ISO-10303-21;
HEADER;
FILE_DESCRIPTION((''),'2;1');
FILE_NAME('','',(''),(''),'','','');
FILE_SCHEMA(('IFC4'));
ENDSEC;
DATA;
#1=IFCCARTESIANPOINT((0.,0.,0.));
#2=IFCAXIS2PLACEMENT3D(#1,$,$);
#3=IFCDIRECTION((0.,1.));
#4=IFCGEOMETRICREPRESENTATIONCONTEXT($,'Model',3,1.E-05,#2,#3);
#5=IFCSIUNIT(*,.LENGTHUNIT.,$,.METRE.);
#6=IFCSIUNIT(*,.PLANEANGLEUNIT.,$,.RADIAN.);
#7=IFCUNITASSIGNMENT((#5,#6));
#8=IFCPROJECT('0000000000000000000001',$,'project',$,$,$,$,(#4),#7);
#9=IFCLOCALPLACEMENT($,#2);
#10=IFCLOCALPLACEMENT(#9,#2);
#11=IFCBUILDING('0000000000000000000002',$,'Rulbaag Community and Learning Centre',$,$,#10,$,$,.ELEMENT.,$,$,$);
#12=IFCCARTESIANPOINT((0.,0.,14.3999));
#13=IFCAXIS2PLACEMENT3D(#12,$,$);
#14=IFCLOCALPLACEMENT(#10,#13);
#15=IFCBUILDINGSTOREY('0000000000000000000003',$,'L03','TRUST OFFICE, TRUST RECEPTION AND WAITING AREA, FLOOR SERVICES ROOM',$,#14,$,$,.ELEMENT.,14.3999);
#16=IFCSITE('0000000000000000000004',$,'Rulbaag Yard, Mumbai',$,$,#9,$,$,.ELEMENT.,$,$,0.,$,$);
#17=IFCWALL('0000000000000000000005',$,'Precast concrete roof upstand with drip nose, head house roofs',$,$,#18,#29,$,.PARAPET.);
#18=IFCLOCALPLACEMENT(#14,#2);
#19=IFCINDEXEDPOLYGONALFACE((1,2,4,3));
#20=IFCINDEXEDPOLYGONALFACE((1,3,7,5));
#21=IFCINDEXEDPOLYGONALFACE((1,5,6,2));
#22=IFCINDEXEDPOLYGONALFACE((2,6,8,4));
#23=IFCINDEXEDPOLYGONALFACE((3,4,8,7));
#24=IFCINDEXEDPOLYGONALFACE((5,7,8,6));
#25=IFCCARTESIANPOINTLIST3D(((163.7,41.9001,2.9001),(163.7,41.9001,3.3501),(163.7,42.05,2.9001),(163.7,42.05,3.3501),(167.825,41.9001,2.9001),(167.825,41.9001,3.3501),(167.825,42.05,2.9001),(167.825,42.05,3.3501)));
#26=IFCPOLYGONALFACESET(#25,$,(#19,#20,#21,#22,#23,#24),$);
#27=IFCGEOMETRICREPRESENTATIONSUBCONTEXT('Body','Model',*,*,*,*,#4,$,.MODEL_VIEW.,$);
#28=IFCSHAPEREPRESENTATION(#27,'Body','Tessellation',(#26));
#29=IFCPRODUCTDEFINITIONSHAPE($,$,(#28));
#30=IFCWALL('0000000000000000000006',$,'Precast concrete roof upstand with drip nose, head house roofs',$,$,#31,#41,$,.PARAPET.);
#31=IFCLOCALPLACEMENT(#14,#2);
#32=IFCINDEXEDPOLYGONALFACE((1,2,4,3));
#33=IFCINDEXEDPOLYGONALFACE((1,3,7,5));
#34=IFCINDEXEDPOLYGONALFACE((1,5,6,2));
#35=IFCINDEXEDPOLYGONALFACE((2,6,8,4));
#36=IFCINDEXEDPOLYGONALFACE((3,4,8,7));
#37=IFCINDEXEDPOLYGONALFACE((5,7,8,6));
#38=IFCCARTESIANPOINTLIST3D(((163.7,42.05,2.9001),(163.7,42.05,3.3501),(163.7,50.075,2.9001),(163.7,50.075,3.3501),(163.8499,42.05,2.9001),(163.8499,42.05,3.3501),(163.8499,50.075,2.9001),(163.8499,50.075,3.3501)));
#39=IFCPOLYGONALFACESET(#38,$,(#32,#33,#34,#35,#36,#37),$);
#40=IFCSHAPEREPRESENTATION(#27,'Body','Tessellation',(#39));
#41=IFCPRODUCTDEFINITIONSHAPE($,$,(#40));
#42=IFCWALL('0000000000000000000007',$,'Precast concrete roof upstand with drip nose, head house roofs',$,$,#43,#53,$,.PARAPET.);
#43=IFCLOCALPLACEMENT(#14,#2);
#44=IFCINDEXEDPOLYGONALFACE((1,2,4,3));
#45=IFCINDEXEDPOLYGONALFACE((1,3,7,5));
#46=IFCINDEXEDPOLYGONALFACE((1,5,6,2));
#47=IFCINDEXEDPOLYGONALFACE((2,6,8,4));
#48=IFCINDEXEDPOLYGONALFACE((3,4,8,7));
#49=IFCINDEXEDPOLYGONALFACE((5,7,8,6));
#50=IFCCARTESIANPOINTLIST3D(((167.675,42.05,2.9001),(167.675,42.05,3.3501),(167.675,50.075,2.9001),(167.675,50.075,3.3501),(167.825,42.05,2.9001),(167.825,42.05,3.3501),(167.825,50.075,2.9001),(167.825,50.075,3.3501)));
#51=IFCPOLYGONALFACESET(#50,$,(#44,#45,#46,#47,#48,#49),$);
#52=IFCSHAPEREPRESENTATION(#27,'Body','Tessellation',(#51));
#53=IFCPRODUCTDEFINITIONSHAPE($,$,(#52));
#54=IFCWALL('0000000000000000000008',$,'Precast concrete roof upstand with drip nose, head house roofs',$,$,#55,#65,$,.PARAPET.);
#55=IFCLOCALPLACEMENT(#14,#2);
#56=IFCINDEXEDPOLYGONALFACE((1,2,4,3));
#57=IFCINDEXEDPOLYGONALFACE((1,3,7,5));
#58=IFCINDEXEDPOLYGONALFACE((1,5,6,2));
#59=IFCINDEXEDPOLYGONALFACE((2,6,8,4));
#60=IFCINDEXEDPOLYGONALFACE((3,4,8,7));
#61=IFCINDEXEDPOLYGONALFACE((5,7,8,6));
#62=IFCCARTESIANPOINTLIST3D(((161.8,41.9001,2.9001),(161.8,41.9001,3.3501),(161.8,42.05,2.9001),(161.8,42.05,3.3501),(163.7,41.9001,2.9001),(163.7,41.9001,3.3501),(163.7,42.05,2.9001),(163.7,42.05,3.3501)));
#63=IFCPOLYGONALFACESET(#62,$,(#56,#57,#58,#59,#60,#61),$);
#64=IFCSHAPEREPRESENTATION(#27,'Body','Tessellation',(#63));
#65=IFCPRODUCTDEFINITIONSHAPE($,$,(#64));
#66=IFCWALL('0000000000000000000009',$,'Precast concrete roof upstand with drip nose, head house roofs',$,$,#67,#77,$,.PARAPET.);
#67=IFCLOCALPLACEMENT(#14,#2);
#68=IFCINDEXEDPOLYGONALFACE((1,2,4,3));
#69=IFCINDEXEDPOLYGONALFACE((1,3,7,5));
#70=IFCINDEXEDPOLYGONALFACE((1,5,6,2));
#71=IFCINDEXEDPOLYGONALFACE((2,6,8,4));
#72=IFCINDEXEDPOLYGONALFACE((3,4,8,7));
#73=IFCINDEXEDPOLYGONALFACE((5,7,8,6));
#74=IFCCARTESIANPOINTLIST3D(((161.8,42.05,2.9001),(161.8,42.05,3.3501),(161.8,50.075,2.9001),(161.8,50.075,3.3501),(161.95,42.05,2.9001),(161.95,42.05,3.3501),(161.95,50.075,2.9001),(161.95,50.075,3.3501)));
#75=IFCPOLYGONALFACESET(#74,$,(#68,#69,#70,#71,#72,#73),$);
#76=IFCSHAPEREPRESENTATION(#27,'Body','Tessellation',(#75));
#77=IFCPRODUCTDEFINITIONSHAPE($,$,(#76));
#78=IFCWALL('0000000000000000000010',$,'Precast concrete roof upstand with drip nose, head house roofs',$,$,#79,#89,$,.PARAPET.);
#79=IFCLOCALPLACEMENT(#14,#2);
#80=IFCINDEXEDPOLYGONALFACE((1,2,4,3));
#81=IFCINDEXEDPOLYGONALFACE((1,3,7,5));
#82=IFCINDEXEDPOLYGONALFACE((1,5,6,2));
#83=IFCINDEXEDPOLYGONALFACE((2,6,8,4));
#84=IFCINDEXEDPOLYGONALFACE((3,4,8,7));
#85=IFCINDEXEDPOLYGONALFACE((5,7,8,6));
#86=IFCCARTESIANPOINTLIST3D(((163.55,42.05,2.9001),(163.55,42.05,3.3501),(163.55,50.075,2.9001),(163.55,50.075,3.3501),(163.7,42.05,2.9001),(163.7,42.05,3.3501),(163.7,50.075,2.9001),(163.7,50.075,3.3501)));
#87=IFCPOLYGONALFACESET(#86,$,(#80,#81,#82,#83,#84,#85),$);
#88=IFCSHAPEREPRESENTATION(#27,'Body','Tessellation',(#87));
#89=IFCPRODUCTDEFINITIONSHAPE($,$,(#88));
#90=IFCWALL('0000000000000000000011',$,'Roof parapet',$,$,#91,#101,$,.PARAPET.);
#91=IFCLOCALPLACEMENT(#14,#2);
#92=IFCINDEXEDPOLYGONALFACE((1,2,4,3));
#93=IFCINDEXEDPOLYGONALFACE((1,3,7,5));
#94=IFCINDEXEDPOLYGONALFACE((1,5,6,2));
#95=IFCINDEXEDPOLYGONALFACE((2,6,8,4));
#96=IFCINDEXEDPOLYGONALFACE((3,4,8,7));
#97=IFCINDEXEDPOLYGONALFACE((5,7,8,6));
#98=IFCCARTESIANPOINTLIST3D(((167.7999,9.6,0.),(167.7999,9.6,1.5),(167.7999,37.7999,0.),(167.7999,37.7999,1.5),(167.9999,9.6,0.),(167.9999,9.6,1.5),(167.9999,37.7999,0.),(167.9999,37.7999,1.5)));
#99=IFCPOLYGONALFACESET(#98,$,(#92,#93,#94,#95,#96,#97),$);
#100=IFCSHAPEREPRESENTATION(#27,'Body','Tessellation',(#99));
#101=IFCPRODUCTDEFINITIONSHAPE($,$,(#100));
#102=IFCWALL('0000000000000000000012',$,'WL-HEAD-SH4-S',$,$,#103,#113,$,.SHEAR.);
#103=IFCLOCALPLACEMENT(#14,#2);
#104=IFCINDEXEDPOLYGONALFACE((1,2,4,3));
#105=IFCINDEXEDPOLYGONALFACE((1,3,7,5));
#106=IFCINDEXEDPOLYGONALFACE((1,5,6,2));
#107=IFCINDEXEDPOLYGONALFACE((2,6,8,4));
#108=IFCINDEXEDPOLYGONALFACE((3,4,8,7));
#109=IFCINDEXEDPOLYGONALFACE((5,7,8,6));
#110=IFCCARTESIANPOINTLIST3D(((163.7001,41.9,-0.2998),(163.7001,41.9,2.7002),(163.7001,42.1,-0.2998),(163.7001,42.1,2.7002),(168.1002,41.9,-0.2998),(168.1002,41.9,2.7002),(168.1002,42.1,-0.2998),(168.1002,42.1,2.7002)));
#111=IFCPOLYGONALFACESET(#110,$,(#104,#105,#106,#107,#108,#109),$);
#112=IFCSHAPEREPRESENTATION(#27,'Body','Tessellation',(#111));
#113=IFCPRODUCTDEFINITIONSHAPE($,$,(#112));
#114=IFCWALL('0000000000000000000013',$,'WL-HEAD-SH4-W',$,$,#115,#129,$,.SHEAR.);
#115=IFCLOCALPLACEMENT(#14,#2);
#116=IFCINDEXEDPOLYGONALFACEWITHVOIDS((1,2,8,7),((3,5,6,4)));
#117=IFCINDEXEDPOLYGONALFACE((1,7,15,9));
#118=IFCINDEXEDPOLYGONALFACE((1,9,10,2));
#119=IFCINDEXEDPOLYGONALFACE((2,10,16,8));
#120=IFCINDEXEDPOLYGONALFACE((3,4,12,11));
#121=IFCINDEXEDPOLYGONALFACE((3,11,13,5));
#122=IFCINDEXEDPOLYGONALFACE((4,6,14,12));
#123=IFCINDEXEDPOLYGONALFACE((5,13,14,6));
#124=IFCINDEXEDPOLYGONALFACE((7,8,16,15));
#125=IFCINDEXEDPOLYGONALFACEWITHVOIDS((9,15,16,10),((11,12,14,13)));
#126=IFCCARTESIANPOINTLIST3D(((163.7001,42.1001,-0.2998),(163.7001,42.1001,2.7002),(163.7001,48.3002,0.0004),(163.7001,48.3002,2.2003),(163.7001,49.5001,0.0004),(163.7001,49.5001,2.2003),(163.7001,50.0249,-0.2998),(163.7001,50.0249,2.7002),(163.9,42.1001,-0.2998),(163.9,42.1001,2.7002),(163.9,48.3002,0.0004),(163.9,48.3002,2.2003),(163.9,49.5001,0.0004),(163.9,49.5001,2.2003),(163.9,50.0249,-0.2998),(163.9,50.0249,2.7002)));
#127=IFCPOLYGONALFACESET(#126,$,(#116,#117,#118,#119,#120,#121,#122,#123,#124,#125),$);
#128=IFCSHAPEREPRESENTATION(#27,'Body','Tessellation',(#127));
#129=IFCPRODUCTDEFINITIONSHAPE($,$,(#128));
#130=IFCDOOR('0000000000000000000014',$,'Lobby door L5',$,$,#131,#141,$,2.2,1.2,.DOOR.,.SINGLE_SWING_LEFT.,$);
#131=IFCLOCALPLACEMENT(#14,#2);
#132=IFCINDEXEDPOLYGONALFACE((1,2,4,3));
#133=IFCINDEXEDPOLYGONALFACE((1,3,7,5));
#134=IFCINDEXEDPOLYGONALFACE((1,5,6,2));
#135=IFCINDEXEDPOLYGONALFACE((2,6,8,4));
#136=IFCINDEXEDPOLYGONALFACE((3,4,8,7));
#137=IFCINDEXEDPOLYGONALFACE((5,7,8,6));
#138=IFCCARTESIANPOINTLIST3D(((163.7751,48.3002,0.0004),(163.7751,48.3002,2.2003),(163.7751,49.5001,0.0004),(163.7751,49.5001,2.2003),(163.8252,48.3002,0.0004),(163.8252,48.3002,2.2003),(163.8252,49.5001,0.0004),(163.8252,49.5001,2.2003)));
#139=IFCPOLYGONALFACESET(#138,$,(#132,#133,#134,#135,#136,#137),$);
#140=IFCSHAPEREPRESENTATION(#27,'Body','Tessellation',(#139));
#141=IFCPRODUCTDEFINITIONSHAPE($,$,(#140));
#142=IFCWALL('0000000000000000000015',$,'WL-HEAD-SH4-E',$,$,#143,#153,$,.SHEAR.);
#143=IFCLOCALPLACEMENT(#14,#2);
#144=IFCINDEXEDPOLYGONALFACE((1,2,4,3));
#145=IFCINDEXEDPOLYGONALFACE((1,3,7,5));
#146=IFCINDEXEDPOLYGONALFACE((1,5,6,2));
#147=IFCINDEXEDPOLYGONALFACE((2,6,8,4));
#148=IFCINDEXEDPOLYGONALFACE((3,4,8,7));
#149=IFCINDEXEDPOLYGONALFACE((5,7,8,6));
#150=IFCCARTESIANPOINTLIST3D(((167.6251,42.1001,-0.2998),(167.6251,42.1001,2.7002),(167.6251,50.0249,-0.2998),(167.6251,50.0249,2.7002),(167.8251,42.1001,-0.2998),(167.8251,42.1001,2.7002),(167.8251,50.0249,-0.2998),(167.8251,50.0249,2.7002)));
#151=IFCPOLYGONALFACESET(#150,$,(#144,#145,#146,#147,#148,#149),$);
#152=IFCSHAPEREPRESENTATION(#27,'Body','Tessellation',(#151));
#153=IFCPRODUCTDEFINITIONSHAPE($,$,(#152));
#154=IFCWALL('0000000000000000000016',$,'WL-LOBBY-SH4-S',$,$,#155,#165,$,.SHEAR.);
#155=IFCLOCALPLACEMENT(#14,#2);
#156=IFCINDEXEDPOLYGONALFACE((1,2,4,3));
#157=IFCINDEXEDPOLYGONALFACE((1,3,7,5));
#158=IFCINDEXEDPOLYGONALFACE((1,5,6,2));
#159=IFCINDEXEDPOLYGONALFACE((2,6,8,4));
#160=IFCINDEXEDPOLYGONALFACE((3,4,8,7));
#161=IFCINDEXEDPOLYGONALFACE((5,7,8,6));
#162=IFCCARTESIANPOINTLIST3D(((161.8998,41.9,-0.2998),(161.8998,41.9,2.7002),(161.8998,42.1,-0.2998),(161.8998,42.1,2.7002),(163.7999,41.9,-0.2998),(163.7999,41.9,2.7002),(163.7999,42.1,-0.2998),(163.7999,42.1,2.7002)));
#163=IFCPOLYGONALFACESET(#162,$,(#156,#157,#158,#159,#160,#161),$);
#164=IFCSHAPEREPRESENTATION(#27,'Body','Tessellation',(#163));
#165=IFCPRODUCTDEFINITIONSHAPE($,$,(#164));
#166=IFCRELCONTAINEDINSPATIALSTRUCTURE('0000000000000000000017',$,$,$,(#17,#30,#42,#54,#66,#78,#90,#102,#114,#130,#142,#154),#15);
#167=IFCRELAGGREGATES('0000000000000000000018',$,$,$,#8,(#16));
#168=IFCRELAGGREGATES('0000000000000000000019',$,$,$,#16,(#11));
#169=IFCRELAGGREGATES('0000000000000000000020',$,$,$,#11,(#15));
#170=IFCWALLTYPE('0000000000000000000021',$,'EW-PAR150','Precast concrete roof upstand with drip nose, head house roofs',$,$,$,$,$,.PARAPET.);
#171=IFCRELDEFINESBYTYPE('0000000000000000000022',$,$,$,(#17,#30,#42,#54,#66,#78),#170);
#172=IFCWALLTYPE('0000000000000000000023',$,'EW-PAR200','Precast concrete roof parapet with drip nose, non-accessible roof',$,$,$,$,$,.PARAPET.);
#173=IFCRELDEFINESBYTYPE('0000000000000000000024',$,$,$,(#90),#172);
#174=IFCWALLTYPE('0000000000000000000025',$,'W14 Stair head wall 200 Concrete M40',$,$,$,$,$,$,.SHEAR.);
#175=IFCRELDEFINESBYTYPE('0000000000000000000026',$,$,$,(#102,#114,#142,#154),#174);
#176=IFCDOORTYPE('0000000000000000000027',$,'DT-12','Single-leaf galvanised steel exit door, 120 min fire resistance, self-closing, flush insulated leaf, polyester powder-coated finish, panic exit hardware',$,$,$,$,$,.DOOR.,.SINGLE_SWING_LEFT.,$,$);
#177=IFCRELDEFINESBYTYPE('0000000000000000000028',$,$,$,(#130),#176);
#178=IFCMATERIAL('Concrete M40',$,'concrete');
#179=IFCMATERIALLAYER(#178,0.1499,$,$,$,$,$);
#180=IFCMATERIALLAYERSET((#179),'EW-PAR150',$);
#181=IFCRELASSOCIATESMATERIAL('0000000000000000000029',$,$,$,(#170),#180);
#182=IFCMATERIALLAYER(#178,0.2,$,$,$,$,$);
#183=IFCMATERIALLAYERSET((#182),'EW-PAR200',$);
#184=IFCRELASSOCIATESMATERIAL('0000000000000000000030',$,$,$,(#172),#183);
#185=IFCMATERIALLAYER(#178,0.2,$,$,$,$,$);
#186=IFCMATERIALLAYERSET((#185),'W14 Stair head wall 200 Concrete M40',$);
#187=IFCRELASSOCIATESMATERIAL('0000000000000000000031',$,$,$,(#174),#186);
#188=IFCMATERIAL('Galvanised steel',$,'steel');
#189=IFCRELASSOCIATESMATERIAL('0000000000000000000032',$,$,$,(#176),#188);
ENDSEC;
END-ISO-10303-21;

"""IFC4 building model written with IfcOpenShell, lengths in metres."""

from ifc_helpers import new_model, si_unit, direction, frame, frame_2d, origin, place, context, subcontext, project, spatial, rectangle, extrude, material, layer, layer_set, type_object, element, fill, save


model = new_model("IFC4")

# Units and contexts
model_context = context("Model", 3, precision=1e-05, world=origin(), true_north=direction((0.0, 1.0)))
body_context = subcontext(model_context, "Body", "Model", "MODEL_VIEW")
ifc_project = project(units=[si_unit("LENGTHUNIT", "METRE"), si_unit("PLANEANGLEUNIT", "RADIAN")], contexts=[model_context])

# Site, building, storey
site_placement = place(None, origin())
site = spatial("IfcSite", under=ifc_project, at=site_placement, Name="Rulbaag Yard, Mumbai", CompositionType="ELEMENT", RefElevation=0.0)
building_placement = place(site_placement, origin())
building = spatial("IfcBuilding", under=site, at=building_placement, Name="Rulbaag Community and Learning Centre", CompositionType="ELEMENT")
storey_placement = place(building_placement, frame((0.0, 0.0, 14.3999)))
storey = spatial("IfcBuildingStorey", under=building, at=storey_placement, Name="L03", Description="TRUST OFFICE, TRUST RECEPTION AND WAITING AREA, FLOOR SERVICES ROOM", CompositionType="ELEMENT", Elevation=14.3999)

# Shared definitions
ifc_material_1 = material(Name="Concrete M40", Category="concrete")

# Walls
ifc_layer_1 = layer(ifc_material_1, 0.1499)
ifc_layer_set_1 = layer_set([ifc_layer_1], Name="EW-PAR150")
wall_type_1 = type_object("IfcWallType", Name="EW-PAR150", Description="Precast concrete roof upstand with drip nose, head house roofs", PredefinedType="PARAPET", material=ifc_layer_set_1)
wall_1_placement = place(storey_placement, frame((163.7, 41.9751, 2.9001), z_axis=(0.0, 0.0, 1.0), x_axis=(1.0, 0.0, 0.0)))
element("IfcWall", 1, at=wall_1_placement, inside=storey, type_object=wall_type_1, Name="Precast concrete roof upstand with drip nose, head house roofs", PredefinedType="PARAPET", context=body_context, shape_type="SweptSolid", body=[
    extrude(rectangle(XDim=4.125, YDim=0.1499, at=frame_2d((2.0625, 0.0))), origin(), (0.0, 0.0, 1.0), 0.45),
])
for number, where, z_axis, x_axis, name in (
    (2, (163.7749, 42.05, 2.9001), (0.0, 0.0, 1.0), (0.0, 1.0, 0.0), "Precast concrete roof upstand with drip nose, head house roofs"),
    (3, (167.75, 42.05, 2.9001), (0.0, 0.0, 1.0), (0.0, 1.0, 0.0), "Precast concrete roof upstand with drip nose, head house roofs"),
):
    element("IfcWall", number, at=place(storey_placement, frame(where, z_axis=z_axis, x_axis=x_axis)), inside=storey, type_object=wall_type_1, Name=name, PredefinedType="PARAPET", context=body_context, shape_type="SweptSolid", body=[
        extrude(rectangle(XDim=8.0249, YDim=0.1499, at=frame_2d((4.0125, 0.0))), origin(), (0.0, 0.0, 1.0), 0.45),
    ])
wall_2_placement = place(storey_placement, frame((161.8, 41.9751, 2.9001), z_axis=(0.0, 0.0, 1.0), x_axis=(1.0, 0.0, 0.0)))
element("IfcWall", 4, at=wall_2_placement, inside=storey, type_object=wall_type_1, Name="Precast concrete roof upstand with drip nose, head house roofs", PredefinedType="PARAPET", context=body_context, shape_type="SweptSolid", body=[
    extrude(rectangle(XDim=1.8999, YDim=0.1499, at=frame_2d((0.95, 0.0))), origin(), (0.0, 0.0, 1.0), 0.45),
])
for number, where, z_axis, x_axis, name in (
    (5, (161.875, 42.05, 2.9001), (0.0, 0.0, 1.0), (0.0, 1.0, 0.0), "Precast concrete roof upstand with drip nose, head house roofs"),
    (6, (163.625, 42.05, 2.9001), (0.0, 0.0, 1.0), (0.0, 1.0, 0.0), "Precast concrete roof upstand with drip nose, head house roofs"),
):
    element("IfcWall", number, at=place(storey_placement, frame(where, z_axis=z_axis, x_axis=x_axis)), inside=storey, type_object=wall_type_1, Name=name, PredefinedType="PARAPET", context=body_context, shape_type="SweptSolid", body=[
        extrude(rectangle(XDim=8.0249, YDim=0.1499, at=frame_2d((4.0125, 0.0))), origin(), (0.0, 0.0, 1.0), 0.45),
    ])
ifc_layer_2 = layer(ifc_material_1, 0.2)
ifc_layer_set_2 = layer_set([ifc_layer_2], Name="EW-PAR200")
wall_type_2 = type_object("IfcWallType", Name="EW-PAR200", Description="Precast concrete roof parapet with drip nose, non-accessible roof", PredefinedType="PARAPET", material=ifc_layer_set_2)
wall_3_placement = place(storey_placement, frame((167.8999, 37.8, 0.0), z_axis=(0.0, 0.0, 1.0), x_axis=(0.0, -1.0, 0.0)))
element("IfcWall", 7, at=wall_3_placement, inside=storey, type_object=wall_type_2, Name="Roof parapet", PredefinedType="PARAPET", context=body_context, shape_type="SweptSolid", body=[
    extrude(rectangle(XDim=28.2, YDim=0.2, at=frame_2d((14.1001, 0.0))), origin(), (0.0, 0.0, 1.0), 1.5),
])
ifc_layer_3 = layer(ifc_material_1, 0.2)
ifc_layer_set_3 = layer_set([ifc_layer_3], Name="W14 Stair head wall 200 Concrete M40")
wall_type_3 = type_object("IfcWallType", Name="W14 Stair head wall 200 Concrete M40", PredefinedType="SHEAR", material=ifc_layer_set_3)
wall_4_placement = place(storey_placement, frame((163.7, 42.0, -0.2998), z_axis=(0.0, 0.0, 1.0), x_axis=(1.0, 0.0, 0.0)))
element("IfcWall", 8, at=wall_4_placement, inside=storey, type_object=wall_type_3, Name="WL-HEAD-SH4-S", PredefinedType="SHEAR", context=body_context, shape_type="SweptSolid", body=[
    extrude(rectangle(XDim=4.4001, YDim=0.2, at=frame_2d((2.2002, 0.0))), origin(), (0.0, 0.0, 1.0), 3.0),
])

# Wall, opening, door
wall_5_placement = place(storey_placement, frame((163.8, 42.1001, -0.2998), z_axis=(0.0, 0.0, 1.0), x_axis=(0.0, 1.0, 0.0)))
wall_5 = element("IfcWall", 9, at=wall_5_placement, inside=storey, type_object=wall_type_3, Name="WL-HEAD-SH4-W", PredefinedType="SHEAR", context=body_context, shape_type="SweptSolid", body=[
    extrude(rectangle(XDim=7.9248, YDim=0.2, at=frame_2d((3.9624, 0.0))), origin(), (0.0, 0.0, 1.0), 3.0),
])
opening_1_placement = place(wall_5_placement, frame((6.2, 0.0, 0.3)))
opening_1 = element("IfcOpeningElement", 10, at=opening_1_placement, cuts=wall_5, PredefinedType="OPENING", context=body_context, shape_type="SweptSolid", body=[
    extrude(rectangle(XDim=1.2, YDim=2.2, at=frame_2d((0.6001, 1.1001))), frame((0.0, 0.1099, 0.0), z_axis=(0.0, -1.0, 0.0), x_axis=(1.0, 0.0, 0.0)), (0.0, 0.0, 1.0), 0.22),
])
ifc_material_2 = material(Name="Galvanised steel", Category="steel")
door_type_1 = type_object("IfcDoorType", Name="DT-12", Description="Single-leaf galvanised steel exit door, 120 min fire resistance, self-closing, flush insulated leaf, polyester powder-coated finish, panic exit hardware", OperationType="SINGLE_SWING_LEFT", PredefinedType="DOOR", material=ifc_material_2)
door_1_placement = place(opening_1_placement, origin())
door_1 = element("IfcDoor", 11, at=door_1_placement, inside=storey, type_object=door_type_1, Name="Lobby door L5", OperationType="SINGLE_SWING_LEFT", OverallHeight=2.2, OverallWidth=1.2, PredefinedType="DOOR", context=body_context, shape_type="SweptSolid", body=[
    extrude(rectangle(XDim=1.2, YDim=2.2, at=frame_2d((0.6001, 1.1001))), frame((0.0, 0.0249, 0.0), z_axis=(0.0, -1.0, 0.0), x_axis=(1.0, 0.0, 0.0)), (0.0, 0.0, 1.0), 0.05),
])
fill(opening_1, door_1)

# Walls
wall_6_placement = place(storey_placement, frame((167.7251, 42.1001, -0.2998), z_axis=(0.0, 0.0, 1.0), x_axis=(0.0, 1.0, 0.0)))
element("IfcWall", 12, at=wall_6_placement, inside=storey, type_object=wall_type_3, Name="WL-HEAD-SH4-E", PredefinedType="SHEAR", context=body_context, shape_type="SweptSolid", body=[
    extrude(rectangle(XDim=7.9248, YDim=0.2, at=frame_2d((3.9624, 0.0))), origin(), (0.0, 0.0, 1.0), 3.0),
])
wall_7_placement = place(storey_placement, frame((163.8, 42.0, -0.2998), z_axis=(0.0, 0.0, 1.0), x_axis=(-1.0, 0.0, 0.0)))
element("IfcWall", 13, at=wall_7_placement, inside=storey, type_object=wall_type_3, Name="WL-LOBBY-SH4-S", PredefinedType="SHEAR", context=body_context, shape_type="SweptSolid", body=[
    extrude(rectangle(XDim=1.9001, YDim=0.2, at=frame_2d((0.9502, 0.0))), origin(), (0.0, 0.0, 1.0), 3.0),
])

save(model, "model.ifc")
